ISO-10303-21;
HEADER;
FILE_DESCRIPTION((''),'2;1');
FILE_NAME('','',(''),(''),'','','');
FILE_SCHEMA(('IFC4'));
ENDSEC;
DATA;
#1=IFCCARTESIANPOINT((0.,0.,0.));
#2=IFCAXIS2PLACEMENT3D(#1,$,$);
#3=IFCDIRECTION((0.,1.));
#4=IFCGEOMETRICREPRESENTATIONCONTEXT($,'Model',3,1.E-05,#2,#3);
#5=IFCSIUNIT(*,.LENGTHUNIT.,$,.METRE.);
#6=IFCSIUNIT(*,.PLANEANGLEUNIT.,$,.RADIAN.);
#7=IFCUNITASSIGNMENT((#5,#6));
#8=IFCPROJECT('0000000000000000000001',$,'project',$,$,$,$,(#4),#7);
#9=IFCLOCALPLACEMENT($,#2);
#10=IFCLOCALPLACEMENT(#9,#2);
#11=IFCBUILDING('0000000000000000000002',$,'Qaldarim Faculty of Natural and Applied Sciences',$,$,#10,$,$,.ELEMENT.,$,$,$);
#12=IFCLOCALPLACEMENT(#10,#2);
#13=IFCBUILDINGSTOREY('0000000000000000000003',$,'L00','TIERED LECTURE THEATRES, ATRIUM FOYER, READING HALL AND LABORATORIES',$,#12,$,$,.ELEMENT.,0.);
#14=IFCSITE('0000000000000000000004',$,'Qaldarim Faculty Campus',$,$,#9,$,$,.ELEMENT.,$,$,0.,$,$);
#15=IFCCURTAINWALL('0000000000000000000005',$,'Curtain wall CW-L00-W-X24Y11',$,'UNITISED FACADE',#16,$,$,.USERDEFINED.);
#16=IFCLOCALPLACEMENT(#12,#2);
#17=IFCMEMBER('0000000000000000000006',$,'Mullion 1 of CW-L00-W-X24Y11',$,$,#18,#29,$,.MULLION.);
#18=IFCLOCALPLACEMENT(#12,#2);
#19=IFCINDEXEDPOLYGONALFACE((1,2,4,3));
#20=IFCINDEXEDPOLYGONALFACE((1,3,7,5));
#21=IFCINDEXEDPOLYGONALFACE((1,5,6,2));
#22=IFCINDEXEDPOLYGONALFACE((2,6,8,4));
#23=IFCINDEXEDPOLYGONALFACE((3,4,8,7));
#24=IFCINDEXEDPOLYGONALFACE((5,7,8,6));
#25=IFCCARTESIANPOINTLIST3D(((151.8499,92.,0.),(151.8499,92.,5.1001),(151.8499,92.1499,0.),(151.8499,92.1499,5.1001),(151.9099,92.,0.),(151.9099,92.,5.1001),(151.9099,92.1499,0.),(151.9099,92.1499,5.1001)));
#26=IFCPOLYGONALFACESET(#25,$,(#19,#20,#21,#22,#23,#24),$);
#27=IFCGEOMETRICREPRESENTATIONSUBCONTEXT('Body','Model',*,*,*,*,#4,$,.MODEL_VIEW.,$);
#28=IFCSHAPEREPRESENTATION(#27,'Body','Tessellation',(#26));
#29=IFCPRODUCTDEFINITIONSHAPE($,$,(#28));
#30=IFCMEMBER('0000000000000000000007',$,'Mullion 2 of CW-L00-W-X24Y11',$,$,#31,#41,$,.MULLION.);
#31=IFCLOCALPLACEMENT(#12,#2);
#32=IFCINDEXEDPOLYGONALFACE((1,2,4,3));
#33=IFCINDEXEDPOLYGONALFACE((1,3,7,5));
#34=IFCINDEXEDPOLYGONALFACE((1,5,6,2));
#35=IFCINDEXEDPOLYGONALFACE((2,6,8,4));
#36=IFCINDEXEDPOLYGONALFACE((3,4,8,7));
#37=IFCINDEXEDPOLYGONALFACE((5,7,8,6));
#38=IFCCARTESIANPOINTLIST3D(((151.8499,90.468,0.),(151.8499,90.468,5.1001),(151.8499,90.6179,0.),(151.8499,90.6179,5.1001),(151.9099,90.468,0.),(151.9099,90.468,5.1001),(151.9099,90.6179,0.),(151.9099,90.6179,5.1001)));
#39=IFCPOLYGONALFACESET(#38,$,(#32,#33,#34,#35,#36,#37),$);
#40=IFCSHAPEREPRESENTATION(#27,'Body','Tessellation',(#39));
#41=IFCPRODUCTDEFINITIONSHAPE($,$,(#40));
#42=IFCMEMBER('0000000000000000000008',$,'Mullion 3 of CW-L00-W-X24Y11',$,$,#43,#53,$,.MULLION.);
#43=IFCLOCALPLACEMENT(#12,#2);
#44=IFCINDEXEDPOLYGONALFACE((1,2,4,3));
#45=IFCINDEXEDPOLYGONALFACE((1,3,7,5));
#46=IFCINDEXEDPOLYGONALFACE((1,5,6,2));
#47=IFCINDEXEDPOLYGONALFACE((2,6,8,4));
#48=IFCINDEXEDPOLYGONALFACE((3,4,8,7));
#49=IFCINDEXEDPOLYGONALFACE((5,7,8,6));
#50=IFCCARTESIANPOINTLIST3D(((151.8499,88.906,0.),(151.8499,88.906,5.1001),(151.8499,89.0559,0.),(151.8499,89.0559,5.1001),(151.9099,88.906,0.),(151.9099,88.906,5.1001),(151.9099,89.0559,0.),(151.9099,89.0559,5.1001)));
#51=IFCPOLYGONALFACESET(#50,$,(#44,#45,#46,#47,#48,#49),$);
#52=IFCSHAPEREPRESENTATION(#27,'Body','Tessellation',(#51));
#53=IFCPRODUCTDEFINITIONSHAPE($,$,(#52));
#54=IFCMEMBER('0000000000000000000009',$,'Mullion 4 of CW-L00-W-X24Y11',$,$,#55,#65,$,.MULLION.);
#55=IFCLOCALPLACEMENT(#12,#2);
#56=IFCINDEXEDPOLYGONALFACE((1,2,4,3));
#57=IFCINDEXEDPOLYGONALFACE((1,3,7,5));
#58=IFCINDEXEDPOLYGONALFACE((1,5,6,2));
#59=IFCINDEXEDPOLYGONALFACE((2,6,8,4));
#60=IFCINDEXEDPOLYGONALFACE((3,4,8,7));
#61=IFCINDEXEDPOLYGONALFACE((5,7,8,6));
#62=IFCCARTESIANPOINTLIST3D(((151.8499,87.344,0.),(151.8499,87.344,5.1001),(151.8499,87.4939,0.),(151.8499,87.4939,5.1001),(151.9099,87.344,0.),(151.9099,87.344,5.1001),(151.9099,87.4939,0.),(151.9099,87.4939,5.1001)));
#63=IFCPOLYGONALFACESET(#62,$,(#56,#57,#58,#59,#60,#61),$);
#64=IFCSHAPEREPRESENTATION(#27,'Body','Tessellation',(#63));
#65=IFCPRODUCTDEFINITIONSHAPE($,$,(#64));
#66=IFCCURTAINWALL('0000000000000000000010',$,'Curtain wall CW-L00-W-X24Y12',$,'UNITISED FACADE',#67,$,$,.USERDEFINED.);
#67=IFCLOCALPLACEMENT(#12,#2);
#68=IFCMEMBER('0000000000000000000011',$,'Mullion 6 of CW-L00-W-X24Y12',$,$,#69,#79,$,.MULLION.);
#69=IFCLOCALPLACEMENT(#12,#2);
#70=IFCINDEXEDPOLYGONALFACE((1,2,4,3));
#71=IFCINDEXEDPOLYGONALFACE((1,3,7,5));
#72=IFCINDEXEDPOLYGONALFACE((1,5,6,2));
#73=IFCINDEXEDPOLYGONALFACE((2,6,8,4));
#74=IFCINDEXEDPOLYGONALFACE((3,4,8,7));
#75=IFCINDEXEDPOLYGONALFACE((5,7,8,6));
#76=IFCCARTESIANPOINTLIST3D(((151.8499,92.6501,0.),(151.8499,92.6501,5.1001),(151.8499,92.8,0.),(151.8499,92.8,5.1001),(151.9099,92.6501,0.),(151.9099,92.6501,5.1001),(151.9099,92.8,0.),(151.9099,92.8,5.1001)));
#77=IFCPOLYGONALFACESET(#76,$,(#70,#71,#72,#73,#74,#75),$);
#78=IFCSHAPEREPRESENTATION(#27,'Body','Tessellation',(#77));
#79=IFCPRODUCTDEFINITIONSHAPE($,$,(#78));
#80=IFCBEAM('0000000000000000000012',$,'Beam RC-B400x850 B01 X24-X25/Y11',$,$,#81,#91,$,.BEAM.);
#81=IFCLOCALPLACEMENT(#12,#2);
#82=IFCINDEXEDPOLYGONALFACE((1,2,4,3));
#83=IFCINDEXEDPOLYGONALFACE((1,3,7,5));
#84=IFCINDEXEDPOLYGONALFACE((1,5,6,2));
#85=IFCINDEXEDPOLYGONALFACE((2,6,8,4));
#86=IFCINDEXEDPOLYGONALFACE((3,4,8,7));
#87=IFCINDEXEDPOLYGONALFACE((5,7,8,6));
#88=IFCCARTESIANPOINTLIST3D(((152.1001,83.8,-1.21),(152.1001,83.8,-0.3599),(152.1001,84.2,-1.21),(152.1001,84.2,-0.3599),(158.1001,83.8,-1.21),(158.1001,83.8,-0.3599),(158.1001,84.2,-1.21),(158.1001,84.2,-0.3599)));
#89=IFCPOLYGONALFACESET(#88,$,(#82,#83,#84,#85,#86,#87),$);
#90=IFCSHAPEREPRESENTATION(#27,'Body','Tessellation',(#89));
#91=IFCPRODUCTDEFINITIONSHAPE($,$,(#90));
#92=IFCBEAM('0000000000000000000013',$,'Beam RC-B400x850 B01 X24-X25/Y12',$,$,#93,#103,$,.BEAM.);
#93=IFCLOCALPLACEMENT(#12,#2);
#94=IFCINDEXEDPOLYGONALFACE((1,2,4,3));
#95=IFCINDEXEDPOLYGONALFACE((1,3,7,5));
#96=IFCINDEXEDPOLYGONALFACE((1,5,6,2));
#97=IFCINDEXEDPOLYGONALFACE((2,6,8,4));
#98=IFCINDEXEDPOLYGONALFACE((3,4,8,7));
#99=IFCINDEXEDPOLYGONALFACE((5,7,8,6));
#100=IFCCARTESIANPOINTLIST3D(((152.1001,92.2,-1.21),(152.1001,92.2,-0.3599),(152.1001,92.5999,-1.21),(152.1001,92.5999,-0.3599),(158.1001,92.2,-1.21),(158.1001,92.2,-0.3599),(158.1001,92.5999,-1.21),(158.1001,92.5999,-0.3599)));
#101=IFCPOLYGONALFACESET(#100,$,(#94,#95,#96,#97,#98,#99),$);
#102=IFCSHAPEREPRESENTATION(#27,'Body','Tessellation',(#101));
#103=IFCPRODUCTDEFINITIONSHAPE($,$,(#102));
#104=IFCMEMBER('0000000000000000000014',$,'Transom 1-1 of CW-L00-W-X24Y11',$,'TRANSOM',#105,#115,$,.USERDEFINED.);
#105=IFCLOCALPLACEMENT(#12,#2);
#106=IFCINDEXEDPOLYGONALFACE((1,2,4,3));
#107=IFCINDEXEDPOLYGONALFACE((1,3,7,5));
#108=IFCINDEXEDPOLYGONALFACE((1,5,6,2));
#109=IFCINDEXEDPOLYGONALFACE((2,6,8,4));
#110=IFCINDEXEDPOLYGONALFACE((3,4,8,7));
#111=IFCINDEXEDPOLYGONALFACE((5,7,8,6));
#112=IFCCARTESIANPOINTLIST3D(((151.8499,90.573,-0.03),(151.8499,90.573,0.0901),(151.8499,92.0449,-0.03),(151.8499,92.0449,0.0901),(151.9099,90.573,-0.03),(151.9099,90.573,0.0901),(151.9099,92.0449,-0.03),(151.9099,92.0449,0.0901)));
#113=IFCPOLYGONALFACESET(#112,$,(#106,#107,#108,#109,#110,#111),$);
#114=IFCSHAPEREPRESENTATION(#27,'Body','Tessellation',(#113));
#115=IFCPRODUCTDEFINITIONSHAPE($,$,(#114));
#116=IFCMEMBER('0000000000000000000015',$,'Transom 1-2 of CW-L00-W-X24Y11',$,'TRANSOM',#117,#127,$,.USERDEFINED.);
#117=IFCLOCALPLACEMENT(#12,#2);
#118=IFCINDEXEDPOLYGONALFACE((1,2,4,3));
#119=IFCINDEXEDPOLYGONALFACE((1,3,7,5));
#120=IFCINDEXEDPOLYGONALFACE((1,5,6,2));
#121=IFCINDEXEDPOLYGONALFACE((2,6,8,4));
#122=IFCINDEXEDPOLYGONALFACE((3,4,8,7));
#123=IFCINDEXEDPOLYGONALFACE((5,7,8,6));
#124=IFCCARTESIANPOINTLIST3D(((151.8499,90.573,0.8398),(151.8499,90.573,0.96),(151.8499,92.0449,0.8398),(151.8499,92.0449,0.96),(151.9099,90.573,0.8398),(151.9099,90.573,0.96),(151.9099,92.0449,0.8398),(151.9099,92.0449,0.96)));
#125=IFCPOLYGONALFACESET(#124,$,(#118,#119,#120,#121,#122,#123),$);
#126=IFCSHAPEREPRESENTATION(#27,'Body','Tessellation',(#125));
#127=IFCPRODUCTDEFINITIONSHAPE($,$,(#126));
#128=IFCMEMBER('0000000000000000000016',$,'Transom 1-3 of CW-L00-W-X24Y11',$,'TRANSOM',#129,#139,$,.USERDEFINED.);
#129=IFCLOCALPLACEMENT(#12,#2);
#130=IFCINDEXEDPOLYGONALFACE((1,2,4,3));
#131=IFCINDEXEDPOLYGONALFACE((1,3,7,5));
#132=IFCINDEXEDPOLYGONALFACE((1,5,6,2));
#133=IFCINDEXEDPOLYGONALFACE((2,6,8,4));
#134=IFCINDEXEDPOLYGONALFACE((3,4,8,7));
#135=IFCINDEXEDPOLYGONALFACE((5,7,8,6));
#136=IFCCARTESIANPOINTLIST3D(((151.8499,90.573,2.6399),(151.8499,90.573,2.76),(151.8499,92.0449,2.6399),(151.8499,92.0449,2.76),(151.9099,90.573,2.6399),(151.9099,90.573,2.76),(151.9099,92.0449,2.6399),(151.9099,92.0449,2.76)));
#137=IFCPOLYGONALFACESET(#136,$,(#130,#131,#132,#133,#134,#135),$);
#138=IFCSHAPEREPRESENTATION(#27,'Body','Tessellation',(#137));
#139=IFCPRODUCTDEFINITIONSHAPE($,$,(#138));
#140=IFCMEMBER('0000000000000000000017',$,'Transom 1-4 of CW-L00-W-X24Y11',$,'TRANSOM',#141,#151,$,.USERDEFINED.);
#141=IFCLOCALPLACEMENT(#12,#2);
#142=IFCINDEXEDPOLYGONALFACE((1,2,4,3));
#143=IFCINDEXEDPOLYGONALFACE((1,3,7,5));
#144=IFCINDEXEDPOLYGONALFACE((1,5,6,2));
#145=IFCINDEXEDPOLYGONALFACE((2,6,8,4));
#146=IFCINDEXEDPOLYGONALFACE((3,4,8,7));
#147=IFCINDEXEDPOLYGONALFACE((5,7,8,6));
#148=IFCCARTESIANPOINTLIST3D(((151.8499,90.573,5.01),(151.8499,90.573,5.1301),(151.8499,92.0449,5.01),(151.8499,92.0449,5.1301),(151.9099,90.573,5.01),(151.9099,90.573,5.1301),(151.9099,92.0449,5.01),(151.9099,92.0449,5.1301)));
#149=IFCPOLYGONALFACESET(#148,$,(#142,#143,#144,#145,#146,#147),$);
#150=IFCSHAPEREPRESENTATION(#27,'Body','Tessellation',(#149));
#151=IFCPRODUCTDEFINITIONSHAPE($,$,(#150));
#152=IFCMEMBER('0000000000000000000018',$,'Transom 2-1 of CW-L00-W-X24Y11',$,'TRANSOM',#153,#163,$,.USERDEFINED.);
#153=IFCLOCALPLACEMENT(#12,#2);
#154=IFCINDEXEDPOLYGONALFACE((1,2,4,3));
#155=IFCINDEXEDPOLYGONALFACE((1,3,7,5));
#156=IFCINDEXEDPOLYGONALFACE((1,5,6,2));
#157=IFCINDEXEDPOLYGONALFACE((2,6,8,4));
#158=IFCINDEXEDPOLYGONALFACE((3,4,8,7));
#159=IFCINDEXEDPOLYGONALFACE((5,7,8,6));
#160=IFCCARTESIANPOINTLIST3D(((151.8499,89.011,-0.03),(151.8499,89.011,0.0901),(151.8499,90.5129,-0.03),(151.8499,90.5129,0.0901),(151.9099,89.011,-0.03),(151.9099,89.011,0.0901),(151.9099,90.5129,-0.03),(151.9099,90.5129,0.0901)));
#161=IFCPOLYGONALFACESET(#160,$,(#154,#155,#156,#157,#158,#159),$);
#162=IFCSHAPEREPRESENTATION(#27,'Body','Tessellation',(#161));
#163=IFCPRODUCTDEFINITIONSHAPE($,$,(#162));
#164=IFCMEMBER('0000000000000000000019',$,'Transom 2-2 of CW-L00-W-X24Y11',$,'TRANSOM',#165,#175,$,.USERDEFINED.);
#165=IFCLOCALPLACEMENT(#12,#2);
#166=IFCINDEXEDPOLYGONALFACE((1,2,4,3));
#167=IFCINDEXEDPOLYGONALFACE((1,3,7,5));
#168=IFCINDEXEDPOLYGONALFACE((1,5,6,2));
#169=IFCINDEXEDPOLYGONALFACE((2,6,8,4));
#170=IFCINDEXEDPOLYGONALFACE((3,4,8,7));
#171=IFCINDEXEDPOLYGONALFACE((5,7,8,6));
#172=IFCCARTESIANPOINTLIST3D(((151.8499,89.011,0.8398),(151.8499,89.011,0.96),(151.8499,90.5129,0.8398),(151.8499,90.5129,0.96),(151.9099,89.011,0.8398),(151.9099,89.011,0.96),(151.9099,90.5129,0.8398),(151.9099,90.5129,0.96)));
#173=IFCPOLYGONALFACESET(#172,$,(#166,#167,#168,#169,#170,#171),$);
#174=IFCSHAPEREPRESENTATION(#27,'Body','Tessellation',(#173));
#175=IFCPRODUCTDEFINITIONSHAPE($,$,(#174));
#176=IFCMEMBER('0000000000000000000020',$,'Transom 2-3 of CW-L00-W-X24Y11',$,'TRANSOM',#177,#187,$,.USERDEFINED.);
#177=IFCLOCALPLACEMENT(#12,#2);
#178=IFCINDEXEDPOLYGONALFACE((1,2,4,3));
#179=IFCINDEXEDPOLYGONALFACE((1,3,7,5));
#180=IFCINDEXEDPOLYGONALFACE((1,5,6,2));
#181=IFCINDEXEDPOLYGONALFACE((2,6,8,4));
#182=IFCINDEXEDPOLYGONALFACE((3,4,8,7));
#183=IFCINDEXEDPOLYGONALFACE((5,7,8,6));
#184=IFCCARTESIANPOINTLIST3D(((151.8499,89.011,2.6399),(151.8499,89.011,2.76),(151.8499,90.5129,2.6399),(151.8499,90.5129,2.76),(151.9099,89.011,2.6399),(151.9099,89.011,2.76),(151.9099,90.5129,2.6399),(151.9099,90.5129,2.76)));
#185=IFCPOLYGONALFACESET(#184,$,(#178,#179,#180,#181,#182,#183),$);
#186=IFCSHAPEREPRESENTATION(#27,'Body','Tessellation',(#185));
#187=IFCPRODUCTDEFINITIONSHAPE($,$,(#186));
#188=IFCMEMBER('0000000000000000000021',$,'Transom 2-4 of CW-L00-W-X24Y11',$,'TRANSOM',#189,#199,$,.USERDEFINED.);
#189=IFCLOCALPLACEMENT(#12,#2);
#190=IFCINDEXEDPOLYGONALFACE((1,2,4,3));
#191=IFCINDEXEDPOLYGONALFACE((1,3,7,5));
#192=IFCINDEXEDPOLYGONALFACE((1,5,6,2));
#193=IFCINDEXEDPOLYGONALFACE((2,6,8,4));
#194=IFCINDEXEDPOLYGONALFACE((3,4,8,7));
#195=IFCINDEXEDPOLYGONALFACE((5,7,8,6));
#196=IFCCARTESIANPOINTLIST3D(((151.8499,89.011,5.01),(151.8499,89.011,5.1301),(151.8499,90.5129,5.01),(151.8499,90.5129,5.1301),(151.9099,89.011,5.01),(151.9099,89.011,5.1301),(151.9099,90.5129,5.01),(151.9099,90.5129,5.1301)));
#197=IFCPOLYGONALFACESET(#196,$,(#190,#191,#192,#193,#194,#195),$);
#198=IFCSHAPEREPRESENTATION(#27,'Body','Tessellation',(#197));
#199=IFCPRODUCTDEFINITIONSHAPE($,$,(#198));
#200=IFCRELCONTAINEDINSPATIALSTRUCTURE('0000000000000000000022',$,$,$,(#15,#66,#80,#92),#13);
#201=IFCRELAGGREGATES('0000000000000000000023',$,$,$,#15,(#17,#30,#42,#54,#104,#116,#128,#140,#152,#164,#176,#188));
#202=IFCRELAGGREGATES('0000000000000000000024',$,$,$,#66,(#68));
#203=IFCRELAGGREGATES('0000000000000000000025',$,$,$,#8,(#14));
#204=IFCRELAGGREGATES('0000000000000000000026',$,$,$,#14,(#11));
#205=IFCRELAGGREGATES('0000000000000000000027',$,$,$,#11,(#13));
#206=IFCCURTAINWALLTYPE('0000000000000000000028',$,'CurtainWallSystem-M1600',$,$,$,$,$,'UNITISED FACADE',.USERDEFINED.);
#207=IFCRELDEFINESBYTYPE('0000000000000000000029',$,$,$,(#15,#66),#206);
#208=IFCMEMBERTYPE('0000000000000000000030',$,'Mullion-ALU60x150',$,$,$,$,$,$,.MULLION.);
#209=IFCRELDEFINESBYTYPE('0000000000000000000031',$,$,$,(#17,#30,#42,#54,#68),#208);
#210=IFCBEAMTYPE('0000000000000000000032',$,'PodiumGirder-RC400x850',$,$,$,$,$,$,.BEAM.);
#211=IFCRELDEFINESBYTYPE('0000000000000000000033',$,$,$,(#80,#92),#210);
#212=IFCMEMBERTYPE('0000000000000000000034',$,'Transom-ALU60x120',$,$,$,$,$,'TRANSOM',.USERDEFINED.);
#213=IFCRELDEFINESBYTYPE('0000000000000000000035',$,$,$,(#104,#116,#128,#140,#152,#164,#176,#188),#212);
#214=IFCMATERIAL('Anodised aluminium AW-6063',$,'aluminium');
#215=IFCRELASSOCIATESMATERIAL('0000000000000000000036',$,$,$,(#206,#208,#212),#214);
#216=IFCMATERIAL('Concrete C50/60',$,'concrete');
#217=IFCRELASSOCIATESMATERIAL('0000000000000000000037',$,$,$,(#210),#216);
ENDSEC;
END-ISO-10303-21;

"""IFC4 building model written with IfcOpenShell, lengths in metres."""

from ifc_helpers import new_model, si_unit, direction, frame, origin, origin_2d, place, context, subcontext, project, spatial, rectangle, extrude, material, material_profile, profile_set, type_object, element, aggregate, save


model = new_model("IFC4")

# Units and contexts
model_context = context("Model", 3, precision=1e-05, world=origin(), true_north=direction((0.0, 1.0)))
body_context = subcontext(model_context, "Body", "Model", "MODEL_VIEW")
ifc_project = project(units=[si_unit("LENGTHUNIT", "METRE"), si_unit("PLANEANGLEUNIT", "RADIAN")], contexts=[model_context])

# Site, building, storey
site_placement = place(None, origin())
site = spatial("IfcSite", under=ifc_project, at=site_placement, Name="Qaldarim Faculty Campus", CompositionType="ELEMENT", RefElevation=0.0)
building_placement = place(site_placement, origin())
building = spatial("IfcBuilding", under=site, at=building_placement, Name="Qaldarim Faculty of Natural and Applied Sciences", CompositionType="ELEMENT")
storey_placement = place(building_placement, origin())
storey = spatial("IfcBuildingStorey", under=building, at=storey_placement, Name="L00", Description="TIERED LECTURE THEATRES, ATRIUM FOYER, READING HALL AND LABORATORIES", CompositionType="ELEMENT", Elevation=0.0)

# Curtain wall, members
ifc_material_1 = material(Name="Anodised aluminium AW-6063", Category="aluminium")
curtain_wall_type = type_object("IfcCurtainWallType", Name="CurtainWallSystem-M1600", ElementType="UNITISED FACADE", PredefinedType="USERDEFINED", material=ifc_material_1)
curtain_wall_1_placement = place(storey_placement, origin())
curtain_wall_1 = element("IfcCurtainWall", 1, at=curtain_wall_1_placement, inside=storey, type_object=curtain_wall_type, Name="Curtain wall CW-L00-W-X24Y11", ObjectType="UNITISED FACADE", PredefinedType="USERDEFINED")
ifc_material_profile_1 = material_profile(ifc_material_1, rectangle(XDim=0.0601, YDim=0.1499, at=origin_2d()), Name="ALU-M60x150")
ifc_profile_set_1 = profile_set([ifc_material_profile_1], Name="Anodised aluminium AW-6063")
member_type_1 = type_object("IfcMemberType", Name="Mullion-ALU60x150", PredefinedType="MULLION", material=ifc_profile_set_1)
member_1_placement = place(storey_placement, frame((151.8799, 92.075, 0.0), z_axis=(0.0, 0.0, 1.0), x_axis=(1.0, 0.0, 0.0)))
member_1 = element("IfcMember", 2, at=member_1_placement, type_object=member_type_1, Name="Mullion 1 of CW-L00-W-X24Y11", PredefinedType="MULLION", context=body_context, shape_type="SweptSolid", body=[
    extrude(rectangle(XDim=0.0601, YDim=0.1499, at=origin_2d()), origin(), (0.0, 0.0, 1.0), 5.1001),
])
member_2_placement = place(storey_placement, frame((151.8799, 90.543, 0.0), z_axis=(0.0, 0.0, 1.0), x_axis=(1.0, 0.0, 0.0)))
member_2 = element("IfcMember", 3, at=member_2_placement, type_object=member_type_1, Name="Mullion 2 of CW-L00-W-X24Y11", PredefinedType="MULLION", context=body_context, shape_type="SweptSolid", body=[
    extrude(rectangle(XDim=0.0601, YDim=0.1499, at=origin_2d()), origin(), (0.0, 0.0, 1.0), 5.1001),
])
member_3_placement = place(storey_placement, frame((151.8799, 88.981, 0.0), z_axis=(0.0, 0.0, 1.0), x_axis=(1.0, 0.0, 0.0)))
member_3 = element("IfcMember", 4, at=member_3_placement, type_object=member_type_1, Name="Mullion 3 of CW-L00-W-X24Y11", PredefinedType="MULLION", context=body_context, shape_type="SweptSolid", body=[
    extrude(rectangle(XDim=0.0601, YDim=0.1499, at=origin_2d()), origin(), (0.0, 0.0, 1.0), 5.1001),
])
member_4_placement = place(storey_placement, frame((151.8799, 87.4189, 0.0), z_axis=(0.0, 0.0, 1.0), x_axis=(1.0, 0.0, 0.0)))
member_4 = element("IfcMember", 5, at=member_4_placement, type_object=member_type_1, Name="Mullion 4 of CW-L00-W-X24Y11", PredefinedType="MULLION", context=body_context, shape_type="SweptSolid", body=[
    extrude(rectangle(XDim=0.0601, YDim=0.1499, at=origin_2d()), origin(), (0.0, 0.0, 1.0), 5.1001),
])

# Curtain wall, member
curtain_wall_2_placement = place(storey_placement, origin())
curtain_wall_2 = element("IfcCurtainWall", 6, at=curtain_wall_2_placement, inside=storey, type_object=curtain_wall_type, Name="Curtain wall CW-L00-W-X24Y12", ObjectType="UNITISED FACADE", PredefinedType="USERDEFINED")
member_5_placement = place(storey_placement, frame((151.8799, 92.7251, 0.0), z_axis=(0.0, 0.0, 1.0), x_axis=(1.0, 0.0, 0.0)))
member_5 = element("IfcMember", 7, at=member_5_placement, type_object=member_type_1, Name="Mullion 6 of CW-L00-W-X24Y12", PredefinedType="MULLION", context=body_context, shape_type="SweptSolid", body=[
    extrude(rectangle(XDim=0.0601, YDim=0.1499, at=origin_2d()), origin(), (0.0, 0.0, 1.0), 5.1001),
])

# Beams
ifc_material_2 = material(Name="Concrete C50/60", Category="concrete")
ifc_material_profile_2 = material_profile(ifc_material_2, rectangle(XDim=0.3999, YDim=0.8501, at=origin_2d()), Name="RC-B400x850")
ifc_profile_set_2 = profile_set([ifc_material_profile_2], Name="Concrete C50/60")
beam_type = type_object("IfcBeamType", Name="PodiumGirder-RC400x850", PredefinedType="BEAM", material=ifc_profile_set_2)
for number, where, z_axis, x_axis, name in (
    (8, (152.1001, 84.0, -0.7849), (1.0, 0.0, 0.0), (0.0, 1.0, 0.0), "Beam RC-B400x850 B01 X24-X25/Y11"),
    (9, (152.1001, 92.3999, -0.7849), (1.0, 0.0, 0.0), (0.0, 1.0, 0.0), "Beam RC-B400x850 B01 X24-X25/Y12"),
):
    element("IfcBeam", number, at=place(storey_placement, frame(where, z_axis=z_axis, x_axis=x_axis)), inside=storey, type_object=beam_type, Name=name, PredefinedType="BEAM", context=body_context, shape_type="SweptSolid", body=[
        extrude(rectangle(XDim=0.3999, YDim=0.8501, at=origin_2d()), origin(), (0.0, 0.0, 1.0), 6.0),
    ])

# Members
ifc_material_profile_3 = material_profile(ifc_material_1, rectangle(XDim=0.0601, YDim=0.1201, at=origin_2d()), Name="ALU-T60x120")
ifc_profile_set_3 = profile_set([ifc_material_profile_3], Name="Anodised aluminium AW-6063")
member_type_2 = type_object("IfcMemberType", Name="Transom-ALU60x120", ElementType="TRANSOM", PredefinedType="USERDEFINED", material=ifc_profile_set_3)
member_6_placement = place(storey_placement, frame((151.8799, 92.0449, 0.03), z_axis=(0.0, -1.0, 0.0), x_axis=(1.0, 0.0, 0.0)))
member_6 = element("IfcMember", 10, at=member_6_placement, type_object=member_type_2, Name="Transom 1-1 of CW-L00-W-X24Y11", ObjectType="TRANSOM", PredefinedType="USERDEFINED", context=body_context, shape_type="SweptSolid", body=[
    extrude(rectangle(XDim=0.0601, YDim=0.1201, at=origin_2d()), origin(), (0.0, 0.0, 1.0), 1.4719),
])
member_7_placement = place(storey_placement, frame((151.8799, 92.0449, 0.8999), z_axis=(0.0, -1.0, 0.0), x_axis=(1.0, 0.0, 0.0)))
member_7 = element("IfcMember", 11, at=member_7_placement, type_object=member_type_2, Name="Transom 1-2 of CW-L00-W-X24Y11", ObjectType="TRANSOM", PredefinedType="USERDEFINED", context=body_context, shape_type="SweptSolid", body=[
    extrude(rectangle(XDim=0.0601, YDim=0.1201, at=origin_2d()), origin(), (0.0, 0.0, 1.0), 1.4719),
])
member_8_placement = place(storey_placement, frame((151.8799, 92.0449, 2.7), z_axis=(0.0, -1.0, 0.0), x_axis=(1.0, 0.0, 0.0)))
member_8 = element("IfcMember", 12, at=member_8_placement, type_object=member_type_2, Name="Transom 1-3 of CW-L00-W-X24Y11", ObjectType="TRANSOM", PredefinedType="USERDEFINED", context=body_context, shape_type="SweptSolid", body=[
    extrude(rectangle(XDim=0.0601, YDim=0.1201, at=origin_2d()), origin(), (0.0, 0.0, 1.0), 1.4719),
])
member_9_placement = place(storey_placement, frame((151.8799, 92.0449, 5.0701), z_axis=(0.0, -1.0, 0.0), x_axis=(1.0, 0.0, 0.0)))
member_9 = element("IfcMember", 13, at=member_9_placement, type_object=member_type_2, Name="Transom 1-4 of CW-L00-W-X24Y11", ObjectType="TRANSOM", PredefinedType="USERDEFINED", context=body_context, shape_type="SweptSolid", body=[
    extrude(rectangle(XDim=0.0601, YDim=0.1201, at=origin_2d()), origin(), (0.0, 0.0, 1.0), 1.4719),
])
member_10_placement = place(storey_placement, frame((151.8799, 90.5129, 0.03), z_axis=(0.0, -1.0, 0.0), x_axis=(1.0, 0.0, 0.0)))
member_10 = element("IfcMember", 14, at=member_10_placement, type_object=member_type_2, Name="Transom 2-1 of CW-L00-W-X24Y11", ObjectType="TRANSOM", PredefinedType="USERDEFINED", context=body_context, shape_type="SweptSolid", body=[
    extrude(rectangle(XDim=0.0601, YDim=0.1201, at=origin_2d()), origin(), (0.0, 0.0, 1.0), 1.502),
])
member_11_placement = place(storey_placement, frame((151.8799, 90.5129, 0.8999), z_axis=(0.0, -1.0, 0.0), x_axis=(1.0, 0.0, 0.0)))
member_11 = element("IfcMember", 15, at=member_11_placement, type_object=member_type_2, Name="Transom 2-2 of CW-L00-W-X24Y11", ObjectType="TRANSOM", PredefinedType="USERDEFINED", context=body_context, shape_type="SweptSolid", body=[
    extrude(rectangle(XDim=0.0601, YDim=0.1201, at=origin_2d()), origin(), (0.0, 0.0, 1.0), 1.502),
])
member_12_placement = place(storey_placement, frame((151.8799, 90.5129, 2.7), z_axis=(0.0, -1.0, 0.0), x_axis=(1.0, 0.0, 0.0)))
member_12 = element("IfcMember", 16, at=member_12_placement, type_object=member_type_2, Name="Transom 2-3 of CW-L00-W-X24Y11", ObjectType="TRANSOM", PredefinedType="USERDEFINED", context=body_context, shape_type="SweptSolid", body=[
    extrude(rectangle(XDim=0.0601, YDim=0.1201, at=origin_2d()), origin(), (0.0, 0.0, 1.0), 1.502),
])
member_13_placement = place(storey_placement, frame((151.8799, 90.5129, 5.0701), z_axis=(0.0, -1.0, 0.0), x_axis=(1.0, 0.0, 0.0)))
member_13 = element("IfcMember", 17, at=member_13_placement, type_object=member_type_2, Name="Transom 2-4 of CW-L00-W-X24Y11", ObjectType="TRANSOM", PredefinedType="USERDEFINED", context=body_context, shape_type="SweptSolid", body=[
    extrude(rectangle(XDim=0.0601, YDim=0.1201, at=origin_2d()), origin(), (0.0, 0.0, 1.0), 1.502),
])

aggregate(curtain_wall_1, [member_1, member_2, member_3, member_4, member_6, member_7, member_8, member_9, member_10, member_11, member_12, member_13])
aggregate(curtain_wall_2, [member_5])

save(model, "model.ifc")
